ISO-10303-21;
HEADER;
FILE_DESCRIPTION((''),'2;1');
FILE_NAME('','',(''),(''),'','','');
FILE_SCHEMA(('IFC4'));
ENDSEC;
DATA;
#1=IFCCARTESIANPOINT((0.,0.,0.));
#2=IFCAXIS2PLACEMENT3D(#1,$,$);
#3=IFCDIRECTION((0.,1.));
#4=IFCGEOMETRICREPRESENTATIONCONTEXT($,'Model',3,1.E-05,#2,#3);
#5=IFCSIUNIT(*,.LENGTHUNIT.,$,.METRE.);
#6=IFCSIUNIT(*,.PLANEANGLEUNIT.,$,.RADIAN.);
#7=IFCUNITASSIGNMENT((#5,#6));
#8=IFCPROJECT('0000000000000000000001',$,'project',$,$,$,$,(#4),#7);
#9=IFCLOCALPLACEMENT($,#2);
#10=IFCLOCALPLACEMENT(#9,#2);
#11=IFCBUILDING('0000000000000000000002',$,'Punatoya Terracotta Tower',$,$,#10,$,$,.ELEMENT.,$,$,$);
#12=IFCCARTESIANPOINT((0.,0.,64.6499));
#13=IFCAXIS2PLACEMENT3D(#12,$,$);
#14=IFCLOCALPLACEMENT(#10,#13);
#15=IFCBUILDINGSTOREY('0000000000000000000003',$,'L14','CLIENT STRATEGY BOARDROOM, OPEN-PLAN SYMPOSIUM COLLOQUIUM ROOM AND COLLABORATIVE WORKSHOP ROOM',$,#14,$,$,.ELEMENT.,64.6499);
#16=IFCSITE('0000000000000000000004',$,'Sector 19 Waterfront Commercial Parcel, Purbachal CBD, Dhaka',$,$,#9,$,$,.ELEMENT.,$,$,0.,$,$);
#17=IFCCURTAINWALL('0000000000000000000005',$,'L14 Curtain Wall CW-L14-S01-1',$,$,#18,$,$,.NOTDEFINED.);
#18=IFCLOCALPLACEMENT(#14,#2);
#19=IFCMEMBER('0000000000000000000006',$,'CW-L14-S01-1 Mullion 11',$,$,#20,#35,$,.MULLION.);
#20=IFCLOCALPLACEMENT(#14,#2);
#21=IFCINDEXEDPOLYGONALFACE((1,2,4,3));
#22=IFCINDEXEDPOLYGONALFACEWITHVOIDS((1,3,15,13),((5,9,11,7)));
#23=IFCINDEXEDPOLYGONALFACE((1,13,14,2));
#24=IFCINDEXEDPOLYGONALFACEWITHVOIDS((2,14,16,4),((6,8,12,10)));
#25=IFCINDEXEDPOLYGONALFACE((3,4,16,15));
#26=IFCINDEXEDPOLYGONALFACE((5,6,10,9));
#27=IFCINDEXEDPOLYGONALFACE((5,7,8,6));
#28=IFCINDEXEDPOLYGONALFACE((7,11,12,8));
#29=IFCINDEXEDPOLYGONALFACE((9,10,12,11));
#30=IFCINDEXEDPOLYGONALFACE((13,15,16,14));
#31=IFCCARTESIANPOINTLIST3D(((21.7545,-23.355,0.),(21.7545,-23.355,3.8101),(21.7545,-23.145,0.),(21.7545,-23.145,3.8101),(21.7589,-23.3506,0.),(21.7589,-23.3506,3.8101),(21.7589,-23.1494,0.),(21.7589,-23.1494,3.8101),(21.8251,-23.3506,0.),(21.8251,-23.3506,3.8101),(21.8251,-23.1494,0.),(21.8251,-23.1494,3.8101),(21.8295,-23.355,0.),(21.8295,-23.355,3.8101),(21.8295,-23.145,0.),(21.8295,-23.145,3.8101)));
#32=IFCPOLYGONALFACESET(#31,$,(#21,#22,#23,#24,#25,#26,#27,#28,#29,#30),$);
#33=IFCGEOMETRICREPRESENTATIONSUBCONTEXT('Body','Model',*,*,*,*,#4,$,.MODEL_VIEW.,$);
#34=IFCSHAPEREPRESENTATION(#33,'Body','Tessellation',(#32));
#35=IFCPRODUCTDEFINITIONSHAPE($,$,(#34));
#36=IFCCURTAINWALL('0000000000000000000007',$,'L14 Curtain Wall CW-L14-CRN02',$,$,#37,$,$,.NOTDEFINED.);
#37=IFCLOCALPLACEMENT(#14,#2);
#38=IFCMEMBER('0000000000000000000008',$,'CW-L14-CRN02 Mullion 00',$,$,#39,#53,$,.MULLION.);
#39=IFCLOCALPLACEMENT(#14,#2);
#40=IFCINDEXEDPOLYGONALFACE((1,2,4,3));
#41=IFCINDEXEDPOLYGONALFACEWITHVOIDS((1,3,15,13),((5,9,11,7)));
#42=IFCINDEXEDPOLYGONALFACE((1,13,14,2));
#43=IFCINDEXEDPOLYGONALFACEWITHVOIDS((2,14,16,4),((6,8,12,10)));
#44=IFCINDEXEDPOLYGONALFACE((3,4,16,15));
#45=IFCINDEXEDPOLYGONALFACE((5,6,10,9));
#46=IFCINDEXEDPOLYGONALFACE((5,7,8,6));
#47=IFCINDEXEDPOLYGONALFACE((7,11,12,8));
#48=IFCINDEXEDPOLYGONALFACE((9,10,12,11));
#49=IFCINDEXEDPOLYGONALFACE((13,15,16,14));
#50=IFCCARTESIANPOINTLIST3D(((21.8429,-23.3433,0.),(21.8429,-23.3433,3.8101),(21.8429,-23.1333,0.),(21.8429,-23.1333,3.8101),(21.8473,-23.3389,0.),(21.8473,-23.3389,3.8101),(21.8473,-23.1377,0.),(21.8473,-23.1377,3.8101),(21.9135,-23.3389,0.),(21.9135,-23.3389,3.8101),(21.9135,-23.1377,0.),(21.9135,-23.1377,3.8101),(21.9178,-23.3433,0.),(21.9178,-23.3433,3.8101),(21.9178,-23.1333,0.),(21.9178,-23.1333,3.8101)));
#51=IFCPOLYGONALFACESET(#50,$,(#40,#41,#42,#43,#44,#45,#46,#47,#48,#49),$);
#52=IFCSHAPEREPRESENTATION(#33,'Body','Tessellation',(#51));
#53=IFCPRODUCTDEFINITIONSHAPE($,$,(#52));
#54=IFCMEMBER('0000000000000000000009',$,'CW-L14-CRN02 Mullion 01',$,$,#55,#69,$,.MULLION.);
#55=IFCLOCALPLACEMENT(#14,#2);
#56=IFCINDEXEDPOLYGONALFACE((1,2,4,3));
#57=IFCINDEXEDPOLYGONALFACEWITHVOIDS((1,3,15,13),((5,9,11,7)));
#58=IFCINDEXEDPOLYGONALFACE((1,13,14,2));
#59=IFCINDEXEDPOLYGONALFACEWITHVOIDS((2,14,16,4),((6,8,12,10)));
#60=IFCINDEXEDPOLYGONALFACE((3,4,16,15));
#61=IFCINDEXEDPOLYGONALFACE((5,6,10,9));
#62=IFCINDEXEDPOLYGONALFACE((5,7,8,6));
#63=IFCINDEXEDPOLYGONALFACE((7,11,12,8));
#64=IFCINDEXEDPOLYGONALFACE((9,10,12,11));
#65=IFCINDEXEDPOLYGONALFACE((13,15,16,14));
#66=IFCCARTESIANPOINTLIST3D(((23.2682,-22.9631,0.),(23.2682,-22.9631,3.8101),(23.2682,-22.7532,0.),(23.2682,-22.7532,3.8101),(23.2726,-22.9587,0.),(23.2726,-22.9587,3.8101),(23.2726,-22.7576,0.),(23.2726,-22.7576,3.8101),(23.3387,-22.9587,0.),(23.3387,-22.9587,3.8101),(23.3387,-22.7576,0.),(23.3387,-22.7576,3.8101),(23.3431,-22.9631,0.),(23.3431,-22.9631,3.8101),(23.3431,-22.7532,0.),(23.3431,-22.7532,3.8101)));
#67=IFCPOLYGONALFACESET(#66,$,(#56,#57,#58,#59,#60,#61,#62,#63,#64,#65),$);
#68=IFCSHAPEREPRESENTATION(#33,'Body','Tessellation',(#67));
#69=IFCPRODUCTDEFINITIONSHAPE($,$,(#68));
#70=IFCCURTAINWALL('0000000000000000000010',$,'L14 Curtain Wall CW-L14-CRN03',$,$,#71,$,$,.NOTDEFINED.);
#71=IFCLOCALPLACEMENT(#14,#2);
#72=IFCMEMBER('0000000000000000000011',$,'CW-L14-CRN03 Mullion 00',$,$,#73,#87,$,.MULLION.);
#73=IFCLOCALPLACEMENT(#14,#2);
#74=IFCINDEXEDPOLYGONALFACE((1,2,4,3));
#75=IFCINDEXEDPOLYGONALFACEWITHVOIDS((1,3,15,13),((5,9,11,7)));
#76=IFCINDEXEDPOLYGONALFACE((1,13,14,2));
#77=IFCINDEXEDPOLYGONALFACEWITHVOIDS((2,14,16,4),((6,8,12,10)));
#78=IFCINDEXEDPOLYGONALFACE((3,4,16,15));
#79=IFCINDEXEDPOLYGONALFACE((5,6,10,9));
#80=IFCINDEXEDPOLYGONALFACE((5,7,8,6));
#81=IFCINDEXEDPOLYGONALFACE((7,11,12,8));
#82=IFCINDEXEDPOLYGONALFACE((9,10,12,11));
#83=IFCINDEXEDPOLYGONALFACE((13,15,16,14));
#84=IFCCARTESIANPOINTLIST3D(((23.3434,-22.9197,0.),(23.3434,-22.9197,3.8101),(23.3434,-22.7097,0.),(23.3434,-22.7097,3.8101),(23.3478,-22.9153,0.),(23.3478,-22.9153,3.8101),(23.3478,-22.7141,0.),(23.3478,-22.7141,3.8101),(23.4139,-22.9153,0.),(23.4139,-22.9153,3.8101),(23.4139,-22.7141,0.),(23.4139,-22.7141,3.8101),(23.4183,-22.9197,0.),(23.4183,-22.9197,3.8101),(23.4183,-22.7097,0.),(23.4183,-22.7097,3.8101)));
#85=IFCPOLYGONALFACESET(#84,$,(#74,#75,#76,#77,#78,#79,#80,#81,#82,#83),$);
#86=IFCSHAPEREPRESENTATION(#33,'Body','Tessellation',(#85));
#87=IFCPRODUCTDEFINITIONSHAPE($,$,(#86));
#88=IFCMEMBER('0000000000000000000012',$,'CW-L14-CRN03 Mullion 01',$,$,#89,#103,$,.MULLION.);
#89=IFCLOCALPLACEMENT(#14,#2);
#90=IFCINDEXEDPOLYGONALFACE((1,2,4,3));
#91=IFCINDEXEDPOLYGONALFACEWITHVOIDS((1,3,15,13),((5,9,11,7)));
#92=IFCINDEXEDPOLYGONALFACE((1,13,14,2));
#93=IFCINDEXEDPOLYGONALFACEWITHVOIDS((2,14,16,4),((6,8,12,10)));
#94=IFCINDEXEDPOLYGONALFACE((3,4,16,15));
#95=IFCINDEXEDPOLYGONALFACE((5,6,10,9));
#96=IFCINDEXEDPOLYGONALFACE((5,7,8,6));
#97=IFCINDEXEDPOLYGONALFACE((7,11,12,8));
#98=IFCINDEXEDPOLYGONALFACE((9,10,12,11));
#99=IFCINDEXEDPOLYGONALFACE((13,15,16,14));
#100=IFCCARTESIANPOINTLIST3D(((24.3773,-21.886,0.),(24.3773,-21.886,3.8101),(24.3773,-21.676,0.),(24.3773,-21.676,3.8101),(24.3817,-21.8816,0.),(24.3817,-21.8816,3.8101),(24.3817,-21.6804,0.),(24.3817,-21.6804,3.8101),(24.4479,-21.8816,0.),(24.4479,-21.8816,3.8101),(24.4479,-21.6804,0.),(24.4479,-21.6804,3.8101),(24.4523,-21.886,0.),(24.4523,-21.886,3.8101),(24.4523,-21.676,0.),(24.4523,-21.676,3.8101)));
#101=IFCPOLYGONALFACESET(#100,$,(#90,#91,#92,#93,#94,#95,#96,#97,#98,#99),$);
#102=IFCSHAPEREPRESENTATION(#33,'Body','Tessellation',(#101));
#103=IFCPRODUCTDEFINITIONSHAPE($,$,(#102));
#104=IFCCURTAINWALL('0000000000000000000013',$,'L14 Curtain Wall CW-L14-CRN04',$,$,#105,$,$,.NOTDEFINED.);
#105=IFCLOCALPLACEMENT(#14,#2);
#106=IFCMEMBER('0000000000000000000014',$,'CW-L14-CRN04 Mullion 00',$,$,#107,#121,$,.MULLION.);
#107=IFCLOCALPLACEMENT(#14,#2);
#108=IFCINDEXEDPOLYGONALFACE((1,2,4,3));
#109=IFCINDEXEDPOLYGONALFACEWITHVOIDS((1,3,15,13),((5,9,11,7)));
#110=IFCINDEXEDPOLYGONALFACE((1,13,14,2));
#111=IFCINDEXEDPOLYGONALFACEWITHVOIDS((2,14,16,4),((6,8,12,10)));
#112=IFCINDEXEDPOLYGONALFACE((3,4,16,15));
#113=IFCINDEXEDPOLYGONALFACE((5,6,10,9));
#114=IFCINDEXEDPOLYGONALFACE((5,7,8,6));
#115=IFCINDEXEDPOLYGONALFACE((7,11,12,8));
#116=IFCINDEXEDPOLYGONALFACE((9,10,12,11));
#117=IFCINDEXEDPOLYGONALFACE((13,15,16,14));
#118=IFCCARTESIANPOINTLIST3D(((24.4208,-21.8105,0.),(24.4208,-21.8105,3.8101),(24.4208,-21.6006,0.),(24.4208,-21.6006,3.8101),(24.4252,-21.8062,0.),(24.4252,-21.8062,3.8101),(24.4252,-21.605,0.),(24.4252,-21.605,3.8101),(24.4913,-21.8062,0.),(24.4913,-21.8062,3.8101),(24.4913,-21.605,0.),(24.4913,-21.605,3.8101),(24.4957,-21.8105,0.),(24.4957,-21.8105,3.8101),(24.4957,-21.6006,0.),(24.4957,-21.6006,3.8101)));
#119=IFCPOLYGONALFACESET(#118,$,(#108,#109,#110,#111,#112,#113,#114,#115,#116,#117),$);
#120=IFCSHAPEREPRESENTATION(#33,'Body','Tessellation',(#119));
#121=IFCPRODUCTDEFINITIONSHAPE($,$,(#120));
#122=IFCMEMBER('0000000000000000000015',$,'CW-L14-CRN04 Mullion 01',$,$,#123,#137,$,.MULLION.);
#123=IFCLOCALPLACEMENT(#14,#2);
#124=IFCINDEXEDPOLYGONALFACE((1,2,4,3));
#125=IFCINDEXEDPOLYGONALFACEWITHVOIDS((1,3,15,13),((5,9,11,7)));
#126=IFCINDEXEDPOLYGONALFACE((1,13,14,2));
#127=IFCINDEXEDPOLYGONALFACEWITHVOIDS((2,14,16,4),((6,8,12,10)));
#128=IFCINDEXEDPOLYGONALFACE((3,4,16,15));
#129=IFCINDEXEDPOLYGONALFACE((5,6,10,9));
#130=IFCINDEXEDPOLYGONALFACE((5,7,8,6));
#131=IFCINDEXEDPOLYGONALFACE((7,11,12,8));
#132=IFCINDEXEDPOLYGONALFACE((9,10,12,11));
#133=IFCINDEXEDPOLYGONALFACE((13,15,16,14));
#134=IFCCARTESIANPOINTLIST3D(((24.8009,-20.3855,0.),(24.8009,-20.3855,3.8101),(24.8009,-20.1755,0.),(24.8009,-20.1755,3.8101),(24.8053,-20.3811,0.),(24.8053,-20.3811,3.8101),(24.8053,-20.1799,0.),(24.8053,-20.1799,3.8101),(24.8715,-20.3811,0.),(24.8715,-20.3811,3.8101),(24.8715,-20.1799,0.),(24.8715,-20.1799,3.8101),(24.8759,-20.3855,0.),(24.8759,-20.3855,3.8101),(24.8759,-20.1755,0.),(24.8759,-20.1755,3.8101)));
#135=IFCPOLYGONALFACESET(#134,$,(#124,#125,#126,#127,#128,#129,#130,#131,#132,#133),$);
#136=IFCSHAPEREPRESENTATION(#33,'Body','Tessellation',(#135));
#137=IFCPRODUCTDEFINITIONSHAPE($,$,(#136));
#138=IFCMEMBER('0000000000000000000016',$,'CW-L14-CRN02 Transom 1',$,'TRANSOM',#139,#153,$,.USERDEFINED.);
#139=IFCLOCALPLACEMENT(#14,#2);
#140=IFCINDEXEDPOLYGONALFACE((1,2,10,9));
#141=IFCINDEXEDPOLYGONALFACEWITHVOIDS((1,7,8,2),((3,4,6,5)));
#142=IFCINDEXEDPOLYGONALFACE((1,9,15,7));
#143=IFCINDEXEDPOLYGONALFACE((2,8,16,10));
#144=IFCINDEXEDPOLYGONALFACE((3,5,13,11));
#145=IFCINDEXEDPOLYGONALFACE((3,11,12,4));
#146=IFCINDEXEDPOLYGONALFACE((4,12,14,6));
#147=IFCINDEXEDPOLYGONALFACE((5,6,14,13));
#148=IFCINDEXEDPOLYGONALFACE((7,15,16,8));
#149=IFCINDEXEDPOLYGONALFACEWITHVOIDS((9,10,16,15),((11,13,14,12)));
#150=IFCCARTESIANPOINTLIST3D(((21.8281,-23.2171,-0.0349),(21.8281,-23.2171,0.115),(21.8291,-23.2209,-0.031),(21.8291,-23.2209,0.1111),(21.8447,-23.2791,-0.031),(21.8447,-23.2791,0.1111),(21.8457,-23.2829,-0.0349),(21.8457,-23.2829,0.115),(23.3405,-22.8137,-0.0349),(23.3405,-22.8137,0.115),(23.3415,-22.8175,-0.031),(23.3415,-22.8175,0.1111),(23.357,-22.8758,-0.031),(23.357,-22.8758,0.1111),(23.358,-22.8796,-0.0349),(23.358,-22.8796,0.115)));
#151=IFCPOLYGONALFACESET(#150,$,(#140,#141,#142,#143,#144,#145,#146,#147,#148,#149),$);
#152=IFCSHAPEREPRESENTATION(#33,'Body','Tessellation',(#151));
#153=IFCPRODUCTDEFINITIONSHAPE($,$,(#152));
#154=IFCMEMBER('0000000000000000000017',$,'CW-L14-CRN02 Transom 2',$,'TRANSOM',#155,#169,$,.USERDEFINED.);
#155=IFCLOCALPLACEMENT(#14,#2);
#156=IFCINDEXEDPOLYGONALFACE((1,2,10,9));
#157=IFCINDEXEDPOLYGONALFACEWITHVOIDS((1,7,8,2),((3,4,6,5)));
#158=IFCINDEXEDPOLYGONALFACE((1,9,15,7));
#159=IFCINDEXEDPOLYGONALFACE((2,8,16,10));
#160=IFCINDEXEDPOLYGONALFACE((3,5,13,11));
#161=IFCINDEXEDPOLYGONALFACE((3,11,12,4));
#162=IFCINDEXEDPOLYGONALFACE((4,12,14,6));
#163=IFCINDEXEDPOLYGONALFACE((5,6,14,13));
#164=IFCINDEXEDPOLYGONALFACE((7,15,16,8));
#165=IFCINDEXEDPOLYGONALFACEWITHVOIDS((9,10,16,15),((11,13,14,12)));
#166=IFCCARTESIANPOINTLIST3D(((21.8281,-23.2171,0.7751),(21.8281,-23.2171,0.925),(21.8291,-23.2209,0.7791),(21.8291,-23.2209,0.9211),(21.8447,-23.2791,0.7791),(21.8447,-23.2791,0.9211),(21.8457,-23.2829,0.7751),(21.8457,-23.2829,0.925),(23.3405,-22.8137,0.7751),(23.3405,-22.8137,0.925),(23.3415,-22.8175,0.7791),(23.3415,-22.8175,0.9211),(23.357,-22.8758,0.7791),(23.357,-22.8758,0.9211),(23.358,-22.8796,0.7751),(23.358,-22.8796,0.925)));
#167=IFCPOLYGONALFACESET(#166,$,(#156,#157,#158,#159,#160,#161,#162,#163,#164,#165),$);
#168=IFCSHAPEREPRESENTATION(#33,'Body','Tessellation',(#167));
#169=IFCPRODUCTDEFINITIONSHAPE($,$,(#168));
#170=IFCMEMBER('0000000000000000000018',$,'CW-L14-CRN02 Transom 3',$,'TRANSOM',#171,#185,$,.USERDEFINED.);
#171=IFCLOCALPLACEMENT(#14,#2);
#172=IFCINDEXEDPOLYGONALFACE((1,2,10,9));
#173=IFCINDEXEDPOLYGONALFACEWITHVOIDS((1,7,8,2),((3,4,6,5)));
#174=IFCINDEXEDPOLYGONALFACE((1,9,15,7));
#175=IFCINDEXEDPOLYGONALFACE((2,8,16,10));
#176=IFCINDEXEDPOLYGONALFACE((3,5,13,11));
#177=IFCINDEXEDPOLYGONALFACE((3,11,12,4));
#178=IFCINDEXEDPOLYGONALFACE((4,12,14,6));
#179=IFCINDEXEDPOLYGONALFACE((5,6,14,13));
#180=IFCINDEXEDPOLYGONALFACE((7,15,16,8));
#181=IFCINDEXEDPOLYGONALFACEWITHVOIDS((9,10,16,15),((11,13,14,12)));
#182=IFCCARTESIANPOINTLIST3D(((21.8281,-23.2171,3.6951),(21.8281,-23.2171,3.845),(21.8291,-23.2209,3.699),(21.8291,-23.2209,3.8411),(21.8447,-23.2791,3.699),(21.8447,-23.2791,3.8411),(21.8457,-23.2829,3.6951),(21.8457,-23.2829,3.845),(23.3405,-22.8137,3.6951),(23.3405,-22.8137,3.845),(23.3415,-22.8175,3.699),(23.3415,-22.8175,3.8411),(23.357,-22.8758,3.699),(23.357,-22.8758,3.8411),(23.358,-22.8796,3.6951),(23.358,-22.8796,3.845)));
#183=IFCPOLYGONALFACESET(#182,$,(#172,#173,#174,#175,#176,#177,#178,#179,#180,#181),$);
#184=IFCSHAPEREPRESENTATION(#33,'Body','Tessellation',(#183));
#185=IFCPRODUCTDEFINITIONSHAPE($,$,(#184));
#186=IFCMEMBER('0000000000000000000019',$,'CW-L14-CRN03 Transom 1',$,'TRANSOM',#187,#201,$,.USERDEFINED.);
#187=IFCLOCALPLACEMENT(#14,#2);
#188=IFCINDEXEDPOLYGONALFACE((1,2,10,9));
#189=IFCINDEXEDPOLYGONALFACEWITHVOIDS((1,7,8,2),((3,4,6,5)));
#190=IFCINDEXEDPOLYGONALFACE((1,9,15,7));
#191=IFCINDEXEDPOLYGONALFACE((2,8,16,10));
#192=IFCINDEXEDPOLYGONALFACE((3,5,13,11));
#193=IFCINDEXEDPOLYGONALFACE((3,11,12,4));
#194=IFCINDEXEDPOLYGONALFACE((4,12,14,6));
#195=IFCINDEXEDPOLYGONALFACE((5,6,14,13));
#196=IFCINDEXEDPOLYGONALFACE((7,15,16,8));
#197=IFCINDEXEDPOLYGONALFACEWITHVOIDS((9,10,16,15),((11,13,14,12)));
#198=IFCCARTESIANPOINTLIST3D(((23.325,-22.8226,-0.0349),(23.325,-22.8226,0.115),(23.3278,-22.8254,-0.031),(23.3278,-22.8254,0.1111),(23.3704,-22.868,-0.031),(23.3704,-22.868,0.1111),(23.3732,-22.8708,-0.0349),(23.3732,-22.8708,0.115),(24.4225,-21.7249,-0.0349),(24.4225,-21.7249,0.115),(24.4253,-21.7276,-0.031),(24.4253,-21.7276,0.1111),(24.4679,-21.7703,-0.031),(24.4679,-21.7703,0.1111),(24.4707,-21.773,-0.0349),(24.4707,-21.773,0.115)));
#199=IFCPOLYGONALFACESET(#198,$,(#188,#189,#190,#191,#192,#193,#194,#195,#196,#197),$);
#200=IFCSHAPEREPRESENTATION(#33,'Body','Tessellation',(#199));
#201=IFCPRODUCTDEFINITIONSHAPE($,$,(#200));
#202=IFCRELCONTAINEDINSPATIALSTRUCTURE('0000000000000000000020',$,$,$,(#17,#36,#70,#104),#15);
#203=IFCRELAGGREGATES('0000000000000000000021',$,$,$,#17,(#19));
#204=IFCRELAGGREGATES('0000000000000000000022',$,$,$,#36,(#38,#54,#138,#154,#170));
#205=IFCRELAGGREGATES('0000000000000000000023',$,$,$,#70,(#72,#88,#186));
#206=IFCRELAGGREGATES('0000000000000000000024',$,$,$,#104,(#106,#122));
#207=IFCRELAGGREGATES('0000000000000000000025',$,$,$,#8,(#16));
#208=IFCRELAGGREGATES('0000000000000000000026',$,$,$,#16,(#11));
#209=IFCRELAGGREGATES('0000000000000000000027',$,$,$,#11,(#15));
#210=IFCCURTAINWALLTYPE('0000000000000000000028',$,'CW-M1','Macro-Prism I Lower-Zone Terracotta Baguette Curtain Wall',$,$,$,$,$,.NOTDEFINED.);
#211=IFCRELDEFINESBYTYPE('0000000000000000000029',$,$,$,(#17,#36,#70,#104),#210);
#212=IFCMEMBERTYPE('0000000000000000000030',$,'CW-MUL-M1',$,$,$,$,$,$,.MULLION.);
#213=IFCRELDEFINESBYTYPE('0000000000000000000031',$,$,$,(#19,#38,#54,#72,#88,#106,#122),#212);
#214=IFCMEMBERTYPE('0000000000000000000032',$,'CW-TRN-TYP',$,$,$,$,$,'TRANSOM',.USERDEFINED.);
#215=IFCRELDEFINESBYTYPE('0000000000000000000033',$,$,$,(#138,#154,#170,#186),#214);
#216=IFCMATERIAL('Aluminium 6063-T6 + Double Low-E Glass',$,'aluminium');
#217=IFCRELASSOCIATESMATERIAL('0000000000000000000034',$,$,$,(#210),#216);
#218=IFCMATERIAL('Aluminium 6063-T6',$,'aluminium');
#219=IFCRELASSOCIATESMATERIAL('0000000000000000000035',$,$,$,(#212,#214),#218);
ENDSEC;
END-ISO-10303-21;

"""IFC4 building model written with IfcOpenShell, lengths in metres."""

from ifc_helpers import new_model, si_unit, direction, frame, origin, origin_2d, place, context, subcontext, project, spatial, hollow_rectangle, extrude, material, material_profile, profile_set, type_object, element, aggregate, save


model = new_model("IFC4")

# Units and contexts
model_context = context("Model", 3, precision=1e-05, world=origin(), true_north=direction((0.0, 1.0)))
body_context = subcontext(model_context, "Body", "Model", "MODEL_VIEW")
ifc_project = project(units=[si_unit("LENGTHUNIT", "METRE"), si_unit("PLANEANGLEUNIT", "RADIAN")], contexts=[model_context])

# Site, building, storey
site_placement = place(None, origin())
site = spatial("IfcSite", under=ifc_project, at=site_placement, Name="Sector 19 Waterfront Commercial Parcel, Purbachal CBD, Dhaka", CompositionType="ELEMENT", RefElevation=0.0)
building_placement = place(site_placement, origin())
building = spatial("IfcBuilding", under=site, at=building_placement, Name="Punatoya Terracotta Tower", CompositionType="ELEMENT")
storey_placement = place(building_placement, frame((0.0, 0.0, 64.6499)))
storey = spatial("IfcBuildingStorey", under=building, at=storey_placement, Name="L14", Description="CLIENT STRATEGY BOARDROOM, OPEN-PLAN SYMPOSIUM COLLOQUIUM ROOM AND COLLABORATIVE WORKSHOP ROOM", CompositionType="ELEMENT", Elevation=64.6499)

# Curtain wall, member
ifc_material_1 = material(Name="Aluminium 6063-T6 + Double Low-E Glass", Category="aluminium")
curtain_wall_type = type_object("IfcCurtainWallType", Name="CW-M1", Description="Macro-Prism I Lower-Zone Terracotta Baguette Curtain Wall", PredefinedType="NOTDEFINED", material=ifc_material_1)
curtain_wall_1_placement = place(storey_placement, origin())
curtain_wall_1 = element("IfcCurtainWall", 1, at=curtain_wall_1_placement, inside=storey, type_object=curtain_wall_type, Name="L14 Curtain Wall CW-L14-S01-1", PredefinedType="NOTDEFINED")
ifc_material_2 = material(Name="Aluminium 6063-T6", Category="aluminium")
ifc_material_profile_1 = material_profile(ifc_material_2, hollow_rectangle(XDim=0.075, YDim=0.21, WallThickness=0.0044, at=origin_2d()))
ifc_profile_set_1 = profile_set([ifc_material_profile_1], Name="Aluminium 6063-T6")
member_type_1 = type_object("IfcMemberType", Name="CW-MUL-M1", PredefinedType="MULLION", material=ifc_profile_set_1)
member_1_placement = place(storey_placement, frame((21.792, -23.25, 0.0), z_axis=(0.0, 0.0, 1.0), x_axis=(1.0, 0.0, 0.0)))
member_1 = element("IfcMember", 2, at=member_1_placement, type_object=member_type_1, Name="CW-L14-S01-1 Mullion 11", PredefinedType="MULLION", context=body_context, shape_type="SweptSolid", body=[
    extrude(hollow_rectangle(XDim=0.075, YDim=0.21, WallThickness=0.0044, at=origin_2d()), origin(), (0.0, 0.0, 1.0), 3.8101),
])

# Curtain walls, members
curtain_wall_2_placement = place(storey_placement, origin())
curtain_wall_2 = element("IfcCurtainWall", 3, at=curtain_wall_2_placement, inside=storey, type_object=curtain_wall_type, Name="L14 Curtain Wall CW-L14-CRN02", PredefinedType="NOTDEFINED")
member_2_placement = place(storey_placement, frame((21.8804, -23.2383, 0.0), z_axis=(0.0, 0.0, 1.0), x_axis=(1.0, 0.0, 0.0)))
member_2 = element("IfcMember", 4, at=member_2_placement, type_object=member_type_1, Name="CW-L14-CRN02 Mullion 00", PredefinedType="MULLION", context=body_context, shape_type="SweptSolid", body=[
    extrude(hollow_rectangle(XDim=0.075, YDim=0.21, WallThickness=0.0044, at=origin_2d()), origin(), (0.0, 0.0, 1.0), 3.8101),
])
member_3_placement = place(storey_placement, frame((23.3057, -22.8582, 0.0), z_axis=(0.0, 0.0, 1.0), x_axis=(1.0, 0.0, 0.0)))
member_3 = element("IfcMember", 5, at=member_3_placement, type_object=member_type_1, Name="CW-L14-CRN02 Mullion 01", PredefinedType="MULLION", context=body_context, shape_type="SweptSolid", body=[
    extrude(hollow_rectangle(XDim=0.075, YDim=0.21, WallThickness=0.0044, at=origin_2d()), origin(), (0.0, 0.0, 1.0), 3.8101),
])
curtain_wall_3_placement = place(storey_placement, origin())
curtain_wall_3 = element("IfcCurtainWall", 6, at=curtain_wall_3_placement, inside=storey, type_object=curtain_wall_type, Name="L14 Curtain Wall CW-L14-CRN03", PredefinedType="NOTDEFINED")
member_4_placement = place(storey_placement, frame((23.3809, -22.8147, 0.0), z_axis=(0.0, 0.0, 1.0), x_axis=(1.0, 0.0, 0.0)))
member_4 = element("IfcMember", 7, at=member_4_placement, type_object=member_type_1, Name="CW-L14-CRN03 Mullion 00", PredefinedType="MULLION", context=body_context, shape_type="SweptSolid", body=[
    extrude(hollow_rectangle(XDim=0.075, YDim=0.21, WallThickness=0.0044, at=origin_2d()), origin(), (0.0, 0.0, 1.0), 3.8101),
])
member_5_placement = place(storey_placement, frame((24.4148, -21.781, 0.0), z_axis=(0.0, 0.0, 1.0), x_axis=(1.0, 0.0, 0.0)))
member_5 = element("IfcMember", 8, at=member_5_placement, type_object=member_type_1, Name="CW-L14-CRN03 Mullion 01", PredefinedType="MULLION", context=body_context, shape_type="SweptSolid", body=[
    extrude(hollow_rectangle(XDim=0.075, YDim=0.21, WallThickness=0.0044, at=origin_2d()), origin(), (0.0, 0.0, 1.0), 3.8101),
])
curtain_wall_4_placement = place(storey_placement, origin())
curtain_wall_4 = element("IfcCurtainWall", 9, at=curtain_wall_4_placement, inside=storey, type_object=curtain_wall_type, Name="L14 Curtain Wall CW-L14-CRN04", PredefinedType="NOTDEFINED")
member_6_placement = place(storey_placement, frame((24.4583, -21.7056, 0.0), z_axis=(0.0, 0.0, 1.0), x_axis=(1.0, 0.0, 0.0)))
member_6 = element("IfcMember", 10, at=member_6_placement, type_object=member_type_1, Name="CW-L14-CRN04 Mullion 00", PredefinedType="MULLION", context=body_context, shape_type="SweptSolid", body=[
    extrude(hollow_rectangle(XDim=0.075, YDim=0.21, WallThickness=0.0044, at=origin_2d()), origin(), (0.0, 0.0, 1.0), 3.8101),
])
member_7_placement = place(storey_placement, frame((24.8384, -20.2805, 0.0), z_axis=(0.0, 0.0, 1.0), x_axis=(1.0, 0.0, 0.0)))
member_7 = element("IfcMember", 11, at=member_7_placement, type_object=member_type_1, Name="CW-L14-CRN04 Mullion 01", PredefinedType="MULLION", context=body_context, shape_type="SweptSolid", body=[
    extrude(hollow_rectangle(XDim=0.075, YDim=0.21, WallThickness=0.0044, at=origin_2d()), origin(), (0.0, 0.0, 1.0), 3.8101),
])

# Members
ifc_material_profile_2 = material_profile(ifc_material_2, hollow_rectangle(XDim=0.0681, YDim=0.1499, WallThickness=0.0039, at=origin_2d()))
ifc_profile_set_2 = profile_set([ifc_material_profile_2], Name="Aluminium 6063-T6")
member_type_2 = type_object("IfcMemberType", Name="CW-TRN-TYP", ElementType="TRANSOM", PredefinedType="USERDEFINED", material=ifc_profile_set_2)
member_8_placement = place(storey_placement, frame((21.8369, -23.25, 0.04), z_axis=(0.966225, 0.257701, 0.0), x_axis=(-0.257701, 0.966225, 0.0)))
member_8 = element("IfcMember", 12, at=member_8_placement, type_object=member_type_2, Name="CW-L14-CRN02 Transom 1", ObjectType="TRANSOM", PredefinedType="USERDEFINED", context=body_context, shape_type="SweptSolid", body=[
    extrude(hollow_rectangle(XDim=0.0681, YDim=0.1499, WallThickness=0.0039, at=origin_2d()), origin(), (0.0, 0.0, 1.0), 1.5652),
])
member_9_placement = place(storey_placement, frame((21.8369, -23.25, 0.8501), z_axis=(0.966225, 0.257701, 0.0), x_axis=(-0.257701, 0.966225, 0.0)))
member_9 = element("IfcMember", 13, at=member_9_placement, type_object=member_type_2, Name="CW-L14-CRN02 Transom 2", ObjectType="TRANSOM", PredefinedType="USERDEFINED", context=body_context, shape_type="SweptSolid", body=[
    extrude(hollow_rectangle(XDim=0.0681, YDim=0.1499, WallThickness=0.0039, at=origin_2d()), origin(), (0.0, 0.0, 1.0), 1.5652),
])
member_10_placement = place(storey_placement, frame((21.8369, -23.25, 3.77), z_axis=(0.966225, 0.257701, 0.0), x_axis=(-0.257701, 0.966225, 0.0)))
member_10 = element("IfcMember", 14, at=member_10_placement, type_object=member_type_2, Name="CW-L14-CRN02 Transom 3", ObjectType="TRANSOM", PredefinedType="USERDEFINED", context=body_context, shape_type="SweptSolid", body=[
    extrude(hollow_rectangle(XDim=0.0681, YDim=0.1499, WallThickness=0.0039, at=origin_2d()), origin(), (0.0, 0.0, 1.0), 1.5652),
])
member_11_placement = place(storey_placement, frame((23.3491, -22.8467, 0.04), z_axis=(0.707028, 0.707185, 0.0), x_axis=(-0.707185, 0.707028, 0.0)))
member_11 = element("IfcMember", 15, at=member_11_placement, type_object=member_type_2, Name="CW-L14-CRN03 Transom 1", ObjectType="TRANSOM", PredefinedType="USERDEFINED", context=body_context, shape_type="SweptSolid", body=[
    extrude(hollow_rectangle(XDim=0.0681, YDim=0.1499, WallThickness=0.0039, at=origin_2d()), origin(), (0.0, 0.0, 1.0), 1.5522),
])

aggregate(curtain_wall_1, [member_1])
aggregate(curtain_wall_2, [member_2, member_3, member_8, member_9, member_10])
aggregate(curtain_wall_3, [member_4, member_5, member_11])
aggregate(curtain_wall_4, [member_6, member_7])

save(model, "model.ifc")
